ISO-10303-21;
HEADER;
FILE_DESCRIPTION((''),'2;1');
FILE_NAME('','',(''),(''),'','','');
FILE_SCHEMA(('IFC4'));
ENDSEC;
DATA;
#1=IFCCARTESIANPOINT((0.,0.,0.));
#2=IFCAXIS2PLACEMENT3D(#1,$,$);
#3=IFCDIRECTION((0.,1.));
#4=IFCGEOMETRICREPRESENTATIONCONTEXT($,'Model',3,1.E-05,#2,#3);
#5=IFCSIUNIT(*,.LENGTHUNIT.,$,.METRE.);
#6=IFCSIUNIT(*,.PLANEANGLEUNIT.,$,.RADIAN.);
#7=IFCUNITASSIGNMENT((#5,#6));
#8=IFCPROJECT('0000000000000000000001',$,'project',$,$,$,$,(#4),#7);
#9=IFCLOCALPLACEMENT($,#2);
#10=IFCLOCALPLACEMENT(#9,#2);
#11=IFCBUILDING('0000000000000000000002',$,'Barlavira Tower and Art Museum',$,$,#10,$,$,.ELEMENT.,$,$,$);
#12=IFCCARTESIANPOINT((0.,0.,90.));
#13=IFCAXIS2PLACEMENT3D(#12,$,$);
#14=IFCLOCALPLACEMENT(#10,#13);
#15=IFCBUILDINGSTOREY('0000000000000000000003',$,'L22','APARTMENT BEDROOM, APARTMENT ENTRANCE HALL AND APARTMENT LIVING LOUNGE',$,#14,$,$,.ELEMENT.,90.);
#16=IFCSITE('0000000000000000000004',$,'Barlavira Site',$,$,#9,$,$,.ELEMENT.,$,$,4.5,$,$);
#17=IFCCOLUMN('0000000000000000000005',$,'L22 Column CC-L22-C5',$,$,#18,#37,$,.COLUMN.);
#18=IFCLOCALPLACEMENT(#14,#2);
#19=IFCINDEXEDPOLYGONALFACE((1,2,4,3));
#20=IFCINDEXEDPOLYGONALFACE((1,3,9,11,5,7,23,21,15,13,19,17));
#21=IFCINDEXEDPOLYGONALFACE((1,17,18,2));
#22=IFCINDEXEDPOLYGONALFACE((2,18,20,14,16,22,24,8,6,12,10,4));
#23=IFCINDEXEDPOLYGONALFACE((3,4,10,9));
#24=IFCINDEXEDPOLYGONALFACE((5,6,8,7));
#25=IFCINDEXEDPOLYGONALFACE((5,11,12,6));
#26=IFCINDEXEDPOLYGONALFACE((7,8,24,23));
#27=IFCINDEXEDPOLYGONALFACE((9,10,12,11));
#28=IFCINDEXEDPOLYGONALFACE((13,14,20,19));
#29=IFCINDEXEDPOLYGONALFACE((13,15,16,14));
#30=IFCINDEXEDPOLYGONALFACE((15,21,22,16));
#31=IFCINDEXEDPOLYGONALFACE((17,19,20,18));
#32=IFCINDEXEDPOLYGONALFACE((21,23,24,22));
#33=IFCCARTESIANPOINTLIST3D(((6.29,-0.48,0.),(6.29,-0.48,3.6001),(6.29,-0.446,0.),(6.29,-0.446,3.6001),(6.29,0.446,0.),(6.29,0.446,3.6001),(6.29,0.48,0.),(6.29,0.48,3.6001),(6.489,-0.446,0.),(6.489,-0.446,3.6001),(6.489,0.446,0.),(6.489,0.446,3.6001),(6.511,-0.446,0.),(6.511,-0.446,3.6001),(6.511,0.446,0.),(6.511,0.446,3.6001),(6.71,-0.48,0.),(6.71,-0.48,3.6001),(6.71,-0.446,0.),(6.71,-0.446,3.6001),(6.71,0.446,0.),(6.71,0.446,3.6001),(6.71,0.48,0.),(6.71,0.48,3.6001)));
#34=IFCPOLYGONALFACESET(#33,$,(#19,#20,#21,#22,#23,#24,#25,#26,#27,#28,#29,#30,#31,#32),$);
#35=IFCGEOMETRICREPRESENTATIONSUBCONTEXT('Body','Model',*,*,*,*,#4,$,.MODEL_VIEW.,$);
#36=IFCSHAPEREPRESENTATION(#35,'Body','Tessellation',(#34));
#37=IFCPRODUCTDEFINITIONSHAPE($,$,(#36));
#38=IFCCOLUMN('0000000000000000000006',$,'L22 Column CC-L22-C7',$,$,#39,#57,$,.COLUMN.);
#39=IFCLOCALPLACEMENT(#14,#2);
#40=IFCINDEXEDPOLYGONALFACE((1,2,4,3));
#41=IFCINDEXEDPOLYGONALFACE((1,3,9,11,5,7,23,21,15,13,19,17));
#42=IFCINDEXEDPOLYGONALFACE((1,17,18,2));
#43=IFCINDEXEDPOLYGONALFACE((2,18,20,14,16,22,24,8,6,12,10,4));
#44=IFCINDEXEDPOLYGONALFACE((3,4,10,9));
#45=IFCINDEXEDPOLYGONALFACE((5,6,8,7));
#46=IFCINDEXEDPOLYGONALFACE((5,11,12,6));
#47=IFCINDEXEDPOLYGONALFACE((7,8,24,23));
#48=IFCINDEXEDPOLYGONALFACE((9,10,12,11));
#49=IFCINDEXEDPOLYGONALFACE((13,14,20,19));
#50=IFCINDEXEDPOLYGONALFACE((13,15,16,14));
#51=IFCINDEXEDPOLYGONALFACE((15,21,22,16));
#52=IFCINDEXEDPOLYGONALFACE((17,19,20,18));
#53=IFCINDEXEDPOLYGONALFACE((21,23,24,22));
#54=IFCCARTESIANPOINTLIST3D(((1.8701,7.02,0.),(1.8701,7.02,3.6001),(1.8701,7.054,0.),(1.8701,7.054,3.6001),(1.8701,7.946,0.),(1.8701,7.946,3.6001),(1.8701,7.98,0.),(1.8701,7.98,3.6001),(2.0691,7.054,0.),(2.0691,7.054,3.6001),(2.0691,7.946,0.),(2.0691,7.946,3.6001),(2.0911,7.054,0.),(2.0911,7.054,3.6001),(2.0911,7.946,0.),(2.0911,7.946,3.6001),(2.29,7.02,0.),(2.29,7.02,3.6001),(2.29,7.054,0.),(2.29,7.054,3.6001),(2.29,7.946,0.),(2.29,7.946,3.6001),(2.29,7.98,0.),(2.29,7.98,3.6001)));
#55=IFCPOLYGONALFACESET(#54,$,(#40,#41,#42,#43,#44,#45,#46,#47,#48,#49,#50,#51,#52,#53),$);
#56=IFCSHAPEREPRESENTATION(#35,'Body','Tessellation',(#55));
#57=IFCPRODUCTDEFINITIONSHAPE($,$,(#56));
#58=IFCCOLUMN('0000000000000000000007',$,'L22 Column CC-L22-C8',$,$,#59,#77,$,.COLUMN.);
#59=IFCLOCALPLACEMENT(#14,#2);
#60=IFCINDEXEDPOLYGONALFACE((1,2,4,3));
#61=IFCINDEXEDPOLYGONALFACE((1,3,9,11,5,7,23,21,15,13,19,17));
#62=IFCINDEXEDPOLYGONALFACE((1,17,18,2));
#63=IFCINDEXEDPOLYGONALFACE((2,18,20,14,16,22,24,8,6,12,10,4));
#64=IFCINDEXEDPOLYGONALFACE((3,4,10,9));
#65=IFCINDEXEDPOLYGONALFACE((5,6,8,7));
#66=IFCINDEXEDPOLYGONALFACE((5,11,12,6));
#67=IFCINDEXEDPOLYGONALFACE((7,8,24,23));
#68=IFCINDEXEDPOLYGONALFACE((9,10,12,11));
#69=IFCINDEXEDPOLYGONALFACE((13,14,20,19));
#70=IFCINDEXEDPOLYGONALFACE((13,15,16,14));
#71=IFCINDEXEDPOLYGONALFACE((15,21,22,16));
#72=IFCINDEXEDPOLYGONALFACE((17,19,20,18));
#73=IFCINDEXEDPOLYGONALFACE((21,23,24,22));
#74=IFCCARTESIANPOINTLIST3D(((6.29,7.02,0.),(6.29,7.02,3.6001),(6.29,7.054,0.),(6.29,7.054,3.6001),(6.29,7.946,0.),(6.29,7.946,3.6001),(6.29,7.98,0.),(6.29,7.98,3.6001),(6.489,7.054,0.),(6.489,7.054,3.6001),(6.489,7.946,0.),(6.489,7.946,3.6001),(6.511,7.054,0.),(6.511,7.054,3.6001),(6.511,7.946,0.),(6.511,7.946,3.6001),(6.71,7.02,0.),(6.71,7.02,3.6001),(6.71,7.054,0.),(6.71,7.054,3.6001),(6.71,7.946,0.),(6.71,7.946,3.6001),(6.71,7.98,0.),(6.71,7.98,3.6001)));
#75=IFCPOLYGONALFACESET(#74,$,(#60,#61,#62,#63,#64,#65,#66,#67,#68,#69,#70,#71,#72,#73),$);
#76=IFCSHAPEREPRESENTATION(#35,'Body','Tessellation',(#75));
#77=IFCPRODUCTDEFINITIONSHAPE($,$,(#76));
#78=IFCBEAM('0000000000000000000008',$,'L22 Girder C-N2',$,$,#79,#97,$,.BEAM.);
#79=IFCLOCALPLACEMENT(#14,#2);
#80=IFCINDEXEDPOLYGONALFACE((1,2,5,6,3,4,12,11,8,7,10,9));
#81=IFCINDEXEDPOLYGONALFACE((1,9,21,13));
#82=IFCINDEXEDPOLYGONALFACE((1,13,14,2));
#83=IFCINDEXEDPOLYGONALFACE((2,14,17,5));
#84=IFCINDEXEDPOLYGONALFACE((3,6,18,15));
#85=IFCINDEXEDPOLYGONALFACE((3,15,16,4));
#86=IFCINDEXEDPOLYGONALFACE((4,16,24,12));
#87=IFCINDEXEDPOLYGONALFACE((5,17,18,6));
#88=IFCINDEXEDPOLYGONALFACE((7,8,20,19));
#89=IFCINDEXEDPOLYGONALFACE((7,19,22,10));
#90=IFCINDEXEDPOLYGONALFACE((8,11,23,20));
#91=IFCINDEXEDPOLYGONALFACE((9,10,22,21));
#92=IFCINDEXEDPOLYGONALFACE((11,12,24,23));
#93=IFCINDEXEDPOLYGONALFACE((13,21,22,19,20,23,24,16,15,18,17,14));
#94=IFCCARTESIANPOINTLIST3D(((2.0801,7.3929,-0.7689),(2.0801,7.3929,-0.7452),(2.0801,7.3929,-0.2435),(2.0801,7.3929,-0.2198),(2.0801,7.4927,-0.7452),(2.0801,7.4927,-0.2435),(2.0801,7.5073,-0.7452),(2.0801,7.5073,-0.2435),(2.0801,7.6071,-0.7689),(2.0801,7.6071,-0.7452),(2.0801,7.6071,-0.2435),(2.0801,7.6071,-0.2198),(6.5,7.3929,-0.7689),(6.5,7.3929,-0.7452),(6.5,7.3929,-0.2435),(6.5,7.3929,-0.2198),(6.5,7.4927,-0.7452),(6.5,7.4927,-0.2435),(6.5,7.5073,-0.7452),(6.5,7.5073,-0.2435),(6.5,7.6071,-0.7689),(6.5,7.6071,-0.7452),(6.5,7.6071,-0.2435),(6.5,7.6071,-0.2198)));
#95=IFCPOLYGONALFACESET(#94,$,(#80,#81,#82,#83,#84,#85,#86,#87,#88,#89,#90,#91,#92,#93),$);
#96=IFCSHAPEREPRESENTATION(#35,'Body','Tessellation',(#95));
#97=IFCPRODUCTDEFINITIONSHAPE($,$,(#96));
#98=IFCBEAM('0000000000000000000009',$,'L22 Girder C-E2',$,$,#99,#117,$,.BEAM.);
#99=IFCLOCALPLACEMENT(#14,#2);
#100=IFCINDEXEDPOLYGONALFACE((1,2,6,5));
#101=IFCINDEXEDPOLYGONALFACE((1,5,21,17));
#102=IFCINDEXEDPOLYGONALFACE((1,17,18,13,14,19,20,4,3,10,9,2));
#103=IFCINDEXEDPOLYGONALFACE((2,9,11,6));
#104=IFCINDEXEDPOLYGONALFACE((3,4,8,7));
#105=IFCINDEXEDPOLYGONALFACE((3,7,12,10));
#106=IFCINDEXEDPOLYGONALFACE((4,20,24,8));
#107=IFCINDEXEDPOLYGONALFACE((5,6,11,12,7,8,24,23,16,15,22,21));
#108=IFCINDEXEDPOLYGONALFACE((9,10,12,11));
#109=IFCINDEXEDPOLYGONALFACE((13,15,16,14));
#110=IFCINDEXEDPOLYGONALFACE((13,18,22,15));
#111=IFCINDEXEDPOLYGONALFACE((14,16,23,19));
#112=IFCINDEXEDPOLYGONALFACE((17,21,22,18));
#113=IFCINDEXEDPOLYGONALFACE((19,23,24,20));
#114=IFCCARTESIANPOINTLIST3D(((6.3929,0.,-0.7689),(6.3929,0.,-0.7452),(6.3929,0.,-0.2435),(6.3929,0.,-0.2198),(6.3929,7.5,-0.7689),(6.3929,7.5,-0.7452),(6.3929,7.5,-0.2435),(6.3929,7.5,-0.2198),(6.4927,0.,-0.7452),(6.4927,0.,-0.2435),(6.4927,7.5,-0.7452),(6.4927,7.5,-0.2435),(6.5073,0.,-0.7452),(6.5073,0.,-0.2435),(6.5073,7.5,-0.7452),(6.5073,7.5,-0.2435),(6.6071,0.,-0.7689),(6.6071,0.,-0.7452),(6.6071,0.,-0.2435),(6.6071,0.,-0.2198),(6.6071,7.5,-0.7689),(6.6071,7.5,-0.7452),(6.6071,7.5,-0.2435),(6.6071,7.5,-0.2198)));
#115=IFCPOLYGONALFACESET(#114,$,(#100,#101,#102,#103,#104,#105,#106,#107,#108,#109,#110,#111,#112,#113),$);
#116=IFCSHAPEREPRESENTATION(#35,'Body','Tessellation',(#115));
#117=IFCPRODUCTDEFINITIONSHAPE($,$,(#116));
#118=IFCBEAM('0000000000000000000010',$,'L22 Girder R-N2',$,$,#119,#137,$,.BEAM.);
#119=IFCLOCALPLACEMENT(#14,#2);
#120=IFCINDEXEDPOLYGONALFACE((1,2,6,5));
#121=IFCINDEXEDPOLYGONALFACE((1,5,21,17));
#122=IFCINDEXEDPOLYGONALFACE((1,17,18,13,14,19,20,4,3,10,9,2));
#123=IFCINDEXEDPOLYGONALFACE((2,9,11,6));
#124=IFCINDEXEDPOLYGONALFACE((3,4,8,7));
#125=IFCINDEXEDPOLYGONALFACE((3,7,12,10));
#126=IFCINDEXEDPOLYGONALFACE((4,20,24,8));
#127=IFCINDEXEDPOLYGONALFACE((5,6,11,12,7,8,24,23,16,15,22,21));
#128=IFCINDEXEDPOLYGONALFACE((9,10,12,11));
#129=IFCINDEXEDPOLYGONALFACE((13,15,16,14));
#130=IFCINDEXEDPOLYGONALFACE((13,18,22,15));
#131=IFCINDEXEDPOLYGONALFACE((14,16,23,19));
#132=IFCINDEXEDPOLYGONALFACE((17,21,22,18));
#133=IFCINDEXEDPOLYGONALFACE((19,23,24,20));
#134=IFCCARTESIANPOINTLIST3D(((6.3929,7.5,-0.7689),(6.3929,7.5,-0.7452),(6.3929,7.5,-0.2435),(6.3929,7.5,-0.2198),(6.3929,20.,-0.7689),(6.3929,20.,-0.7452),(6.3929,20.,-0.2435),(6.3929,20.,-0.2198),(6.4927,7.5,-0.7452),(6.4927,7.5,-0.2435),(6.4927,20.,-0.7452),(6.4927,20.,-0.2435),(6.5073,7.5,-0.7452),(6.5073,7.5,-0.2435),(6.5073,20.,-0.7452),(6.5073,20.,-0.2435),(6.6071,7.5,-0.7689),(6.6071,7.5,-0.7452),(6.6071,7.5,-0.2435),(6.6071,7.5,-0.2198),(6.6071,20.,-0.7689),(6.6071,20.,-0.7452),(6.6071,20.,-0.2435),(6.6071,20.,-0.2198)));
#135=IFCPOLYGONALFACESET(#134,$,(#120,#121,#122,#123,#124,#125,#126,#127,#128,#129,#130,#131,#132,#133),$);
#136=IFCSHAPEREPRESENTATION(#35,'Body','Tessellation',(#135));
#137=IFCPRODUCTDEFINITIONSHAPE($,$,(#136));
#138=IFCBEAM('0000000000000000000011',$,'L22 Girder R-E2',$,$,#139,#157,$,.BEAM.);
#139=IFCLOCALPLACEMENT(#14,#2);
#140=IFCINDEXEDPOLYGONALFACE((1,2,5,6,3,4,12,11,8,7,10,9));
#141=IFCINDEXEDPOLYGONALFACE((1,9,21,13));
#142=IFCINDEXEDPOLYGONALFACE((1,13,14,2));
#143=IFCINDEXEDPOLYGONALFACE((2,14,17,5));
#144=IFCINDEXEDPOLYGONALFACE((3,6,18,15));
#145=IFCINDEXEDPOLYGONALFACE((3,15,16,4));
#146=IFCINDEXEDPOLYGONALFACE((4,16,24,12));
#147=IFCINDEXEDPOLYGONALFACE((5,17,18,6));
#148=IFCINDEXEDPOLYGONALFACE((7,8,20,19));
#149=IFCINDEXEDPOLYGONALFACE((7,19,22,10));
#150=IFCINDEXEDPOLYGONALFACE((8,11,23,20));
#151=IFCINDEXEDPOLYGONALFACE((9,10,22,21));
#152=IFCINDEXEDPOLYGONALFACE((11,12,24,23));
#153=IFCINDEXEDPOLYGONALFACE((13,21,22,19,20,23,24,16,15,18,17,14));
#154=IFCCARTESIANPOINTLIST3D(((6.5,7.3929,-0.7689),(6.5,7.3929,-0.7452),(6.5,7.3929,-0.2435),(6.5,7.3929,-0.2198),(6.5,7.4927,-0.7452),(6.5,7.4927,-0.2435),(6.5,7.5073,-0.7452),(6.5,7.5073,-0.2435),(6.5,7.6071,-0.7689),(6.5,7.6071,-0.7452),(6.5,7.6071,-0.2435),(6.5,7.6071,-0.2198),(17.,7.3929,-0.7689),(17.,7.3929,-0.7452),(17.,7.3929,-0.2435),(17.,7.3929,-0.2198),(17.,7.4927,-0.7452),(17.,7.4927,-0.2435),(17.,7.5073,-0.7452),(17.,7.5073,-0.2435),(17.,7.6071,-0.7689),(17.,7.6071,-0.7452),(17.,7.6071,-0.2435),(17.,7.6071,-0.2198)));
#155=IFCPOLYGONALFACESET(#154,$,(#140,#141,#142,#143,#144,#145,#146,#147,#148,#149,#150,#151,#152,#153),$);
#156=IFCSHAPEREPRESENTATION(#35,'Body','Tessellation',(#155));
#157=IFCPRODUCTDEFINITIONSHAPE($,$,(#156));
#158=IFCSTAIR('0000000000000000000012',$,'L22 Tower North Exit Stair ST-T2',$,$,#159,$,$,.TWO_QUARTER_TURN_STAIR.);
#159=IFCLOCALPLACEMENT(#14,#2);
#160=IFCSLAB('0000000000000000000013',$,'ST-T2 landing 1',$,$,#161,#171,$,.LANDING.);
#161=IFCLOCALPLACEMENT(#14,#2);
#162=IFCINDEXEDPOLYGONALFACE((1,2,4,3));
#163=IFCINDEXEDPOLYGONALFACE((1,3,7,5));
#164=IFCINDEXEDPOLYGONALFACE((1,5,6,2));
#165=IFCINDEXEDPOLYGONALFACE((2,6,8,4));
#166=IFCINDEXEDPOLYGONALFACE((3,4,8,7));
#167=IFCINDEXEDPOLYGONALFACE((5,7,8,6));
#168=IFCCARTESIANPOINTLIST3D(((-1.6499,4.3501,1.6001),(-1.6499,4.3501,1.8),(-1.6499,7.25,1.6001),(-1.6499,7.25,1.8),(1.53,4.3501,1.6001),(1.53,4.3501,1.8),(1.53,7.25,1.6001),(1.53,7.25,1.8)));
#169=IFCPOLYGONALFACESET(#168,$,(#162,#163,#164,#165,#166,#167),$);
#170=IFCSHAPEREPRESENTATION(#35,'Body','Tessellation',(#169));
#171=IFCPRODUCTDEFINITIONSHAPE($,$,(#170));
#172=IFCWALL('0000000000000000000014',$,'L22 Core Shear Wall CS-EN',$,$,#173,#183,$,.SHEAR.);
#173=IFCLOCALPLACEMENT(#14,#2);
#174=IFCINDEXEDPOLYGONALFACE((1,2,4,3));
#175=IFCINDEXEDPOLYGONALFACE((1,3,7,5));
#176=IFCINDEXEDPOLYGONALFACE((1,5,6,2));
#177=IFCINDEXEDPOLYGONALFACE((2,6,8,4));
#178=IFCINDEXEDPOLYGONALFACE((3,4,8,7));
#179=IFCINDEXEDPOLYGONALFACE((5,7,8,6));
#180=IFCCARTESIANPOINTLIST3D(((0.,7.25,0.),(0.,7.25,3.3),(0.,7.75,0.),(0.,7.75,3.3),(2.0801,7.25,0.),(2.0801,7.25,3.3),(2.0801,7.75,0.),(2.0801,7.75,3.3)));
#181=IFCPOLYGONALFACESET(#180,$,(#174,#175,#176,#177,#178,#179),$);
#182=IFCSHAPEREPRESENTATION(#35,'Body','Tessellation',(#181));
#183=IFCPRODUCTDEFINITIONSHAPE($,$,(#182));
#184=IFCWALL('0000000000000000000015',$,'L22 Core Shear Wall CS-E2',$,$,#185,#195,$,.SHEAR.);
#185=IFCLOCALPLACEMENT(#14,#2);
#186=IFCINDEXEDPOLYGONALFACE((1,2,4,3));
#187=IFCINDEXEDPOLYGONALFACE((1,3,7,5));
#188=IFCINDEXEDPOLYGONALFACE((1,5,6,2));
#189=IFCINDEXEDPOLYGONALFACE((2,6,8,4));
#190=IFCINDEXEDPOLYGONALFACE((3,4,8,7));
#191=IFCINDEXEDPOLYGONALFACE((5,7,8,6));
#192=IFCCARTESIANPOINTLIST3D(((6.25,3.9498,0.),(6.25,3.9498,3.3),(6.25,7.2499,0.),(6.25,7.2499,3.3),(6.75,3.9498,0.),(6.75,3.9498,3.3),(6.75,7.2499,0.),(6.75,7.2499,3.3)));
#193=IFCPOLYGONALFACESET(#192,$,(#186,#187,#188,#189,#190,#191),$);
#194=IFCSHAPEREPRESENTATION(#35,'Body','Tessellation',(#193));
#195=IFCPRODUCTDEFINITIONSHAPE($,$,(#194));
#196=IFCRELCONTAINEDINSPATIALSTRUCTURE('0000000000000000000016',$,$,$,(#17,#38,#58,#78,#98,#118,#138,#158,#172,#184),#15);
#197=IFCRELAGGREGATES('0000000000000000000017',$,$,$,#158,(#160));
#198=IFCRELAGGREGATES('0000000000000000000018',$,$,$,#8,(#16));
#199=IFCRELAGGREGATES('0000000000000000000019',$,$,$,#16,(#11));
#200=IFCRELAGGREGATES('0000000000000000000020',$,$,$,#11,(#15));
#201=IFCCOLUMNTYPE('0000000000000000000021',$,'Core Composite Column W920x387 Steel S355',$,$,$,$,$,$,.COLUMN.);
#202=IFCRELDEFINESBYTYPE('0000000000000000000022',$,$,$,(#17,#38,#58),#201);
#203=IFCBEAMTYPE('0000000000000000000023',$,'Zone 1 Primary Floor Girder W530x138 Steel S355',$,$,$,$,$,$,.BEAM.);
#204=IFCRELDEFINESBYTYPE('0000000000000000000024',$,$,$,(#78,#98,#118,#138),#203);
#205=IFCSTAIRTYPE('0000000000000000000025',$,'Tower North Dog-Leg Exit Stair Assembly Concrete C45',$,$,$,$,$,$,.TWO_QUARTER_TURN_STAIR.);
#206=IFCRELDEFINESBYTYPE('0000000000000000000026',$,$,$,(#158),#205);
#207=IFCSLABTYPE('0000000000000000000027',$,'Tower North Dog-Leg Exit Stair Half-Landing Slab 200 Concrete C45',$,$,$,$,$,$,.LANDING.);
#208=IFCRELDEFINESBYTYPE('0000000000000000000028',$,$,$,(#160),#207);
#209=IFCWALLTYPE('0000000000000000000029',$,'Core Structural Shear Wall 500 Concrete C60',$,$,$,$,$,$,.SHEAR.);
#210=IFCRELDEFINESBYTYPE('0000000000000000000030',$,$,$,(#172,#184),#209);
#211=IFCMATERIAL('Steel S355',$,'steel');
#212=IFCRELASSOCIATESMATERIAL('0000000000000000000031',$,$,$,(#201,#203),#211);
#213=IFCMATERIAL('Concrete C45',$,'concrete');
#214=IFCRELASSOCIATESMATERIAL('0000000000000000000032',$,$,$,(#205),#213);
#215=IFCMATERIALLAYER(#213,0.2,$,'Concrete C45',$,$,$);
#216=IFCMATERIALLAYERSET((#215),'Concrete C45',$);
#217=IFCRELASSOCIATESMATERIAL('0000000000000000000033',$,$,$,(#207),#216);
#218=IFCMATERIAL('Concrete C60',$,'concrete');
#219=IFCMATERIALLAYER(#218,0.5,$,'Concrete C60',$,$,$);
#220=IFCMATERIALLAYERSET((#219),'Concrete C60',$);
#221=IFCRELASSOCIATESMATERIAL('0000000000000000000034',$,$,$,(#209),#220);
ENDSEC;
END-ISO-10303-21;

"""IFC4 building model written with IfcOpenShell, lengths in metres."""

from ifc_helpers import new_model, si_unit, direction, frame, frame_2d, origin, origin_2d, place, context, subcontext, project, spatial, polyline, rectangle, i_section, outline, extrude, material, layer, layer_set, material_profile, profile_set, type_object, element, aggregate, save


model = new_model("IFC4")

# Units and contexts
model_context = context("Model", 3, precision=1e-05, world=origin(), true_north=direction((0.0, 1.0)))
body_context = subcontext(model_context, "Body", "Model", "MODEL_VIEW")
ifc_project = project(units=[si_unit("LENGTHUNIT", "METRE"), si_unit("PLANEANGLEUNIT", "RADIAN")], contexts=[model_context])

# Site, building, storey
site_placement = place(None, origin())
site = spatial("IfcSite", under=ifc_project, at=site_placement, Name="Barlavira Site", CompositionType="ELEMENT", RefElevation=4.5)
building_placement = place(site_placement, origin())
building = spatial("IfcBuilding", under=site, at=building_placement, Name="Barlavira Tower and Art Museum", CompositionType="ELEMENT")
storey_placement = place(building_placement, frame((0.0, 0.0, 90.0)))
storey = spatial("IfcBuildingStorey", under=building, at=storey_placement, Name="L22", Description="APARTMENT BEDROOM, APARTMENT ENTRANCE HALL AND APARTMENT LIVING LOUNGE", CompositionType="ELEMENT", Elevation=90.0)

# Columns
ifc_material_1 = material(Name="Steel S355", Category="steel")
ifc_material_profile_1 = material_profile(ifc_material_1, i_section(OverallWidth=0.4199, OverallDepth=0.96, WebThickness=0.022, FlangeThickness=0.0339, at=origin_2d()), Name="W920x387.0")
ifc_profile_set_1 = profile_set([ifc_material_profile_1], Name="Steel S355")
column_type = type_object("IfcColumnType", Name="Core Composite Column W920x387 Steel S355", PredefinedType="COLUMN", material=ifc_profile_set_1)
for number, where, z_axis, x_axis, name in (
    (1, (6.5, 0.0, 0.0), (0.0, 0.0, 1.0), (1.0, 0.0, 0.0), "L22 Column CC-L22-C5"),
    (2, (2.0801, 7.5, 0.0), (0.0, 0.0, 1.0), (1.0, 0.0, 0.0), "L22 Column CC-L22-C7"),
    (3, (6.5, 7.5, 0.0), (0.0, 0.0, 1.0), (1.0, 0.0, 0.0), "L22 Column CC-L22-C8"),
):
    element("IfcColumn", number, at=place(storey_placement, frame(where, z_axis=z_axis, x_axis=x_axis)), inside=storey, type_object=column_type, Name=name, PredefinedType="COLUMN", context=body_context, shape_type="SweptSolid", body=[
        extrude(i_section(OverallWidth=0.4199, OverallDepth=0.96, WebThickness=0.022, FlangeThickness=0.0339, at=origin_2d()), origin(), (0.0, 0.0, 1.0), 3.6001),
    ])

# Beams
ifc_material_profile_2 = material_profile(ifc_material_1, i_section(OverallWidth=0.2141, OverallDepth=0.5491, WebThickness=0.0146, FlangeThickness=0.0237, at=origin_2d()), Name="W530x138.0")
ifc_profile_set_2 = profile_set([ifc_material_profile_2], Name="Steel S355")
beam_type = type_object("IfcBeamType", Name="Zone 1 Primary Floor Girder W530x138 Steel S355", PredefinedType="BEAM", material=ifc_profile_set_2)
beam_1_placement = place(storey_placement, frame((2.0801, 7.5, -0.4944), z_axis=(1.0, 0.0, 0.0), x_axis=(0.0, 1.0, 0.0)))
element("IfcBeam", 4, at=beam_1_placement, inside=storey, type_object=beam_type, Name="L22 Girder C-N2", PredefinedType="BEAM", context=body_context, shape_type="SweptSolid", body=[
    extrude(i_section(OverallWidth=0.2141, OverallDepth=0.5491, WebThickness=0.0146, FlangeThickness=0.0237, at=origin_2d()), origin(), (0.0, 0.0, 1.0), 4.4199),
])
beam_2_placement = place(storey_placement, frame((6.5, 0.0, -0.4944), z_axis=(0.0, 1.0, 0.0), x_axis=(-1.0, 0.0, 0.0)))
element("IfcBeam", 5, at=beam_2_placement, inside=storey, type_object=beam_type, Name="L22 Girder C-E2", PredefinedType="BEAM", context=body_context, shape_type="SweptSolid", body=[
    extrude(i_section(OverallWidth=0.2141, OverallDepth=0.5491, WebThickness=0.0146, FlangeThickness=0.0237, at=origin_2d()), origin(), (0.0, 0.0, 1.0), 7.5),
])
beam_3_placement = place(storey_placement, frame((6.5, 7.5, -0.4944), z_axis=(0.0, 1.0, 0.0), x_axis=(-1.0, 0.0, 0.0)))
element("IfcBeam", 6, at=beam_3_placement, inside=storey, type_object=beam_type, Name="L22 Girder R-N2", PredefinedType="BEAM", context=body_context, shape_type="SweptSolid", body=[
    extrude(i_section(OverallWidth=0.2141, OverallDepth=0.5491, WebThickness=0.0146, FlangeThickness=0.0237, at=origin_2d()), origin(), (0.0, 0.0, 1.0), 12.5),
])
beam_4_placement = place(storey_placement, frame((6.5, 7.5, -0.4944), z_axis=(1.0, 0.0, 0.0), x_axis=(0.0, 1.0, 0.0)))
element("IfcBeam", 7, at=beam_4_placement, inside=storey, type_object=beam_type, Name="L22 Girder R-E2", PredefinedType="BEAM", context=body_context, shape_type="SweptSolid", body=[
    extrude(i_section(OverallWidth=0.2141, OverallDepth=0.5491, WebThickness=0.0146, FlangeThickness=0.0237, at=origin_2d()), origin(), (0.0, 0.0, 1.0), 10.5),
])

# Stair, slab
ifc_material_2 = material(Name="Concrete C45", Category="concrete")
stair_type = type_object("IfcStairType", Name="Tower North Dog-Leg Exit Stair Assembly Concrete C45", PredefinedType="TWO_QUARTER_TURN_STAIR", material=ifc_material_2)
stair_placement = place(storey_placement, origin())
stair = element("IfcStair", 8, at=stair_placement, inside=storey, type_object=stair_type, Name="L22 Tower North Exit Stair ST-T2", PredefinedType="TWO_QUARTER_TURN_STAIR")
ifc_layer_1 = layer(ifc_material_2, 0.2, Name="Concrete C45")
ifc_layer_set_1 = layer_set([ifc_layer_1], Name="Concrete C45")
slab_type = type_object("IfcSlabType", Name="Tower North Dog-Leg Exit Stair Half-Landing Slab 200 Concrete C45", PredefinedType="LANDING", material=ifc_layer_set_1)
slab_placement = place(storey_placement, frame((0.0, 0.0, 1.6001)))
slab = element("IfcSlab", 9, at=slab_placement, type_object=slab_type, Name="ST-T2 landing 1", PredefinedType="LANDING", context=body_context, shape_type="SweptSolid", body=[
    extrude(outline(polyline([(-1.6499, 4.3501), (1.53, 4.3501), (1.53, 7.25), (-1.6499, 7.25), (-1.6499, 4.3501)])), origin(), (0.0, 0.0, 1.0), 0.2),
])
aggregate(stair, [slab])

# Walls
ifc_material_3 = material(Name="Concrete C60", Category="concrete")
ifc_layer_2 = layer(ifc_material_3, 0.5, Name="Concrete C60")
ifc_layer_set_2 = layer_set([ifc_layer_2], Name="Concrete C60")
wall_type_1 = type_object("IfcWallType", Name="Core Structural Shear Wall 500 Concrete C60", PredefinedType="SHEAR", material=ifc_layer_set_2)
wall_1_placement = place(storey_placement, frame((0.0, 7.5, 0.0), z_axis=(0.0, 0.0, 1.0), x_axis=(1.0, 0.0, 0.0)))
element("IfcWall", 10, at=wall_1_placement, inside=storey, type_object=wall_type_1, Name="L22 Core Shear Wall CS-EN", PredefinedType="SHEAR", context=body_context, shape_type="SweptSolid", body=[
    extrude(rectangle(XDim=2.0801, YDim=0.5, at=frame_2d((1.04, 0.0))), origin(), (0.0, 0.0, 1.0), 3.3),
])
wall_2_placement = place(storey_placement, frame((6.5, 3.95, 0.0), z_axis=(0.0, 0.0, 1.0), x_axis=(0.0, 1.0, 0.0)))
element("IfcWall", 11, at=wall_2_placement, inside=storey, type_object=wall_type_1, Name="L22 Core Shear Wall CS-E2", PredefinedType="SHEAR", context=body_context, shape_type="SweptSolid", body=[
    extrude(rectangle(XDim=3.3, YDim=0.5, at=frame_2d((1.6499, 0.0))), origin(), (0.0, 0.0, 1.0), 3.3),
])

save(model, "model.ifc")
